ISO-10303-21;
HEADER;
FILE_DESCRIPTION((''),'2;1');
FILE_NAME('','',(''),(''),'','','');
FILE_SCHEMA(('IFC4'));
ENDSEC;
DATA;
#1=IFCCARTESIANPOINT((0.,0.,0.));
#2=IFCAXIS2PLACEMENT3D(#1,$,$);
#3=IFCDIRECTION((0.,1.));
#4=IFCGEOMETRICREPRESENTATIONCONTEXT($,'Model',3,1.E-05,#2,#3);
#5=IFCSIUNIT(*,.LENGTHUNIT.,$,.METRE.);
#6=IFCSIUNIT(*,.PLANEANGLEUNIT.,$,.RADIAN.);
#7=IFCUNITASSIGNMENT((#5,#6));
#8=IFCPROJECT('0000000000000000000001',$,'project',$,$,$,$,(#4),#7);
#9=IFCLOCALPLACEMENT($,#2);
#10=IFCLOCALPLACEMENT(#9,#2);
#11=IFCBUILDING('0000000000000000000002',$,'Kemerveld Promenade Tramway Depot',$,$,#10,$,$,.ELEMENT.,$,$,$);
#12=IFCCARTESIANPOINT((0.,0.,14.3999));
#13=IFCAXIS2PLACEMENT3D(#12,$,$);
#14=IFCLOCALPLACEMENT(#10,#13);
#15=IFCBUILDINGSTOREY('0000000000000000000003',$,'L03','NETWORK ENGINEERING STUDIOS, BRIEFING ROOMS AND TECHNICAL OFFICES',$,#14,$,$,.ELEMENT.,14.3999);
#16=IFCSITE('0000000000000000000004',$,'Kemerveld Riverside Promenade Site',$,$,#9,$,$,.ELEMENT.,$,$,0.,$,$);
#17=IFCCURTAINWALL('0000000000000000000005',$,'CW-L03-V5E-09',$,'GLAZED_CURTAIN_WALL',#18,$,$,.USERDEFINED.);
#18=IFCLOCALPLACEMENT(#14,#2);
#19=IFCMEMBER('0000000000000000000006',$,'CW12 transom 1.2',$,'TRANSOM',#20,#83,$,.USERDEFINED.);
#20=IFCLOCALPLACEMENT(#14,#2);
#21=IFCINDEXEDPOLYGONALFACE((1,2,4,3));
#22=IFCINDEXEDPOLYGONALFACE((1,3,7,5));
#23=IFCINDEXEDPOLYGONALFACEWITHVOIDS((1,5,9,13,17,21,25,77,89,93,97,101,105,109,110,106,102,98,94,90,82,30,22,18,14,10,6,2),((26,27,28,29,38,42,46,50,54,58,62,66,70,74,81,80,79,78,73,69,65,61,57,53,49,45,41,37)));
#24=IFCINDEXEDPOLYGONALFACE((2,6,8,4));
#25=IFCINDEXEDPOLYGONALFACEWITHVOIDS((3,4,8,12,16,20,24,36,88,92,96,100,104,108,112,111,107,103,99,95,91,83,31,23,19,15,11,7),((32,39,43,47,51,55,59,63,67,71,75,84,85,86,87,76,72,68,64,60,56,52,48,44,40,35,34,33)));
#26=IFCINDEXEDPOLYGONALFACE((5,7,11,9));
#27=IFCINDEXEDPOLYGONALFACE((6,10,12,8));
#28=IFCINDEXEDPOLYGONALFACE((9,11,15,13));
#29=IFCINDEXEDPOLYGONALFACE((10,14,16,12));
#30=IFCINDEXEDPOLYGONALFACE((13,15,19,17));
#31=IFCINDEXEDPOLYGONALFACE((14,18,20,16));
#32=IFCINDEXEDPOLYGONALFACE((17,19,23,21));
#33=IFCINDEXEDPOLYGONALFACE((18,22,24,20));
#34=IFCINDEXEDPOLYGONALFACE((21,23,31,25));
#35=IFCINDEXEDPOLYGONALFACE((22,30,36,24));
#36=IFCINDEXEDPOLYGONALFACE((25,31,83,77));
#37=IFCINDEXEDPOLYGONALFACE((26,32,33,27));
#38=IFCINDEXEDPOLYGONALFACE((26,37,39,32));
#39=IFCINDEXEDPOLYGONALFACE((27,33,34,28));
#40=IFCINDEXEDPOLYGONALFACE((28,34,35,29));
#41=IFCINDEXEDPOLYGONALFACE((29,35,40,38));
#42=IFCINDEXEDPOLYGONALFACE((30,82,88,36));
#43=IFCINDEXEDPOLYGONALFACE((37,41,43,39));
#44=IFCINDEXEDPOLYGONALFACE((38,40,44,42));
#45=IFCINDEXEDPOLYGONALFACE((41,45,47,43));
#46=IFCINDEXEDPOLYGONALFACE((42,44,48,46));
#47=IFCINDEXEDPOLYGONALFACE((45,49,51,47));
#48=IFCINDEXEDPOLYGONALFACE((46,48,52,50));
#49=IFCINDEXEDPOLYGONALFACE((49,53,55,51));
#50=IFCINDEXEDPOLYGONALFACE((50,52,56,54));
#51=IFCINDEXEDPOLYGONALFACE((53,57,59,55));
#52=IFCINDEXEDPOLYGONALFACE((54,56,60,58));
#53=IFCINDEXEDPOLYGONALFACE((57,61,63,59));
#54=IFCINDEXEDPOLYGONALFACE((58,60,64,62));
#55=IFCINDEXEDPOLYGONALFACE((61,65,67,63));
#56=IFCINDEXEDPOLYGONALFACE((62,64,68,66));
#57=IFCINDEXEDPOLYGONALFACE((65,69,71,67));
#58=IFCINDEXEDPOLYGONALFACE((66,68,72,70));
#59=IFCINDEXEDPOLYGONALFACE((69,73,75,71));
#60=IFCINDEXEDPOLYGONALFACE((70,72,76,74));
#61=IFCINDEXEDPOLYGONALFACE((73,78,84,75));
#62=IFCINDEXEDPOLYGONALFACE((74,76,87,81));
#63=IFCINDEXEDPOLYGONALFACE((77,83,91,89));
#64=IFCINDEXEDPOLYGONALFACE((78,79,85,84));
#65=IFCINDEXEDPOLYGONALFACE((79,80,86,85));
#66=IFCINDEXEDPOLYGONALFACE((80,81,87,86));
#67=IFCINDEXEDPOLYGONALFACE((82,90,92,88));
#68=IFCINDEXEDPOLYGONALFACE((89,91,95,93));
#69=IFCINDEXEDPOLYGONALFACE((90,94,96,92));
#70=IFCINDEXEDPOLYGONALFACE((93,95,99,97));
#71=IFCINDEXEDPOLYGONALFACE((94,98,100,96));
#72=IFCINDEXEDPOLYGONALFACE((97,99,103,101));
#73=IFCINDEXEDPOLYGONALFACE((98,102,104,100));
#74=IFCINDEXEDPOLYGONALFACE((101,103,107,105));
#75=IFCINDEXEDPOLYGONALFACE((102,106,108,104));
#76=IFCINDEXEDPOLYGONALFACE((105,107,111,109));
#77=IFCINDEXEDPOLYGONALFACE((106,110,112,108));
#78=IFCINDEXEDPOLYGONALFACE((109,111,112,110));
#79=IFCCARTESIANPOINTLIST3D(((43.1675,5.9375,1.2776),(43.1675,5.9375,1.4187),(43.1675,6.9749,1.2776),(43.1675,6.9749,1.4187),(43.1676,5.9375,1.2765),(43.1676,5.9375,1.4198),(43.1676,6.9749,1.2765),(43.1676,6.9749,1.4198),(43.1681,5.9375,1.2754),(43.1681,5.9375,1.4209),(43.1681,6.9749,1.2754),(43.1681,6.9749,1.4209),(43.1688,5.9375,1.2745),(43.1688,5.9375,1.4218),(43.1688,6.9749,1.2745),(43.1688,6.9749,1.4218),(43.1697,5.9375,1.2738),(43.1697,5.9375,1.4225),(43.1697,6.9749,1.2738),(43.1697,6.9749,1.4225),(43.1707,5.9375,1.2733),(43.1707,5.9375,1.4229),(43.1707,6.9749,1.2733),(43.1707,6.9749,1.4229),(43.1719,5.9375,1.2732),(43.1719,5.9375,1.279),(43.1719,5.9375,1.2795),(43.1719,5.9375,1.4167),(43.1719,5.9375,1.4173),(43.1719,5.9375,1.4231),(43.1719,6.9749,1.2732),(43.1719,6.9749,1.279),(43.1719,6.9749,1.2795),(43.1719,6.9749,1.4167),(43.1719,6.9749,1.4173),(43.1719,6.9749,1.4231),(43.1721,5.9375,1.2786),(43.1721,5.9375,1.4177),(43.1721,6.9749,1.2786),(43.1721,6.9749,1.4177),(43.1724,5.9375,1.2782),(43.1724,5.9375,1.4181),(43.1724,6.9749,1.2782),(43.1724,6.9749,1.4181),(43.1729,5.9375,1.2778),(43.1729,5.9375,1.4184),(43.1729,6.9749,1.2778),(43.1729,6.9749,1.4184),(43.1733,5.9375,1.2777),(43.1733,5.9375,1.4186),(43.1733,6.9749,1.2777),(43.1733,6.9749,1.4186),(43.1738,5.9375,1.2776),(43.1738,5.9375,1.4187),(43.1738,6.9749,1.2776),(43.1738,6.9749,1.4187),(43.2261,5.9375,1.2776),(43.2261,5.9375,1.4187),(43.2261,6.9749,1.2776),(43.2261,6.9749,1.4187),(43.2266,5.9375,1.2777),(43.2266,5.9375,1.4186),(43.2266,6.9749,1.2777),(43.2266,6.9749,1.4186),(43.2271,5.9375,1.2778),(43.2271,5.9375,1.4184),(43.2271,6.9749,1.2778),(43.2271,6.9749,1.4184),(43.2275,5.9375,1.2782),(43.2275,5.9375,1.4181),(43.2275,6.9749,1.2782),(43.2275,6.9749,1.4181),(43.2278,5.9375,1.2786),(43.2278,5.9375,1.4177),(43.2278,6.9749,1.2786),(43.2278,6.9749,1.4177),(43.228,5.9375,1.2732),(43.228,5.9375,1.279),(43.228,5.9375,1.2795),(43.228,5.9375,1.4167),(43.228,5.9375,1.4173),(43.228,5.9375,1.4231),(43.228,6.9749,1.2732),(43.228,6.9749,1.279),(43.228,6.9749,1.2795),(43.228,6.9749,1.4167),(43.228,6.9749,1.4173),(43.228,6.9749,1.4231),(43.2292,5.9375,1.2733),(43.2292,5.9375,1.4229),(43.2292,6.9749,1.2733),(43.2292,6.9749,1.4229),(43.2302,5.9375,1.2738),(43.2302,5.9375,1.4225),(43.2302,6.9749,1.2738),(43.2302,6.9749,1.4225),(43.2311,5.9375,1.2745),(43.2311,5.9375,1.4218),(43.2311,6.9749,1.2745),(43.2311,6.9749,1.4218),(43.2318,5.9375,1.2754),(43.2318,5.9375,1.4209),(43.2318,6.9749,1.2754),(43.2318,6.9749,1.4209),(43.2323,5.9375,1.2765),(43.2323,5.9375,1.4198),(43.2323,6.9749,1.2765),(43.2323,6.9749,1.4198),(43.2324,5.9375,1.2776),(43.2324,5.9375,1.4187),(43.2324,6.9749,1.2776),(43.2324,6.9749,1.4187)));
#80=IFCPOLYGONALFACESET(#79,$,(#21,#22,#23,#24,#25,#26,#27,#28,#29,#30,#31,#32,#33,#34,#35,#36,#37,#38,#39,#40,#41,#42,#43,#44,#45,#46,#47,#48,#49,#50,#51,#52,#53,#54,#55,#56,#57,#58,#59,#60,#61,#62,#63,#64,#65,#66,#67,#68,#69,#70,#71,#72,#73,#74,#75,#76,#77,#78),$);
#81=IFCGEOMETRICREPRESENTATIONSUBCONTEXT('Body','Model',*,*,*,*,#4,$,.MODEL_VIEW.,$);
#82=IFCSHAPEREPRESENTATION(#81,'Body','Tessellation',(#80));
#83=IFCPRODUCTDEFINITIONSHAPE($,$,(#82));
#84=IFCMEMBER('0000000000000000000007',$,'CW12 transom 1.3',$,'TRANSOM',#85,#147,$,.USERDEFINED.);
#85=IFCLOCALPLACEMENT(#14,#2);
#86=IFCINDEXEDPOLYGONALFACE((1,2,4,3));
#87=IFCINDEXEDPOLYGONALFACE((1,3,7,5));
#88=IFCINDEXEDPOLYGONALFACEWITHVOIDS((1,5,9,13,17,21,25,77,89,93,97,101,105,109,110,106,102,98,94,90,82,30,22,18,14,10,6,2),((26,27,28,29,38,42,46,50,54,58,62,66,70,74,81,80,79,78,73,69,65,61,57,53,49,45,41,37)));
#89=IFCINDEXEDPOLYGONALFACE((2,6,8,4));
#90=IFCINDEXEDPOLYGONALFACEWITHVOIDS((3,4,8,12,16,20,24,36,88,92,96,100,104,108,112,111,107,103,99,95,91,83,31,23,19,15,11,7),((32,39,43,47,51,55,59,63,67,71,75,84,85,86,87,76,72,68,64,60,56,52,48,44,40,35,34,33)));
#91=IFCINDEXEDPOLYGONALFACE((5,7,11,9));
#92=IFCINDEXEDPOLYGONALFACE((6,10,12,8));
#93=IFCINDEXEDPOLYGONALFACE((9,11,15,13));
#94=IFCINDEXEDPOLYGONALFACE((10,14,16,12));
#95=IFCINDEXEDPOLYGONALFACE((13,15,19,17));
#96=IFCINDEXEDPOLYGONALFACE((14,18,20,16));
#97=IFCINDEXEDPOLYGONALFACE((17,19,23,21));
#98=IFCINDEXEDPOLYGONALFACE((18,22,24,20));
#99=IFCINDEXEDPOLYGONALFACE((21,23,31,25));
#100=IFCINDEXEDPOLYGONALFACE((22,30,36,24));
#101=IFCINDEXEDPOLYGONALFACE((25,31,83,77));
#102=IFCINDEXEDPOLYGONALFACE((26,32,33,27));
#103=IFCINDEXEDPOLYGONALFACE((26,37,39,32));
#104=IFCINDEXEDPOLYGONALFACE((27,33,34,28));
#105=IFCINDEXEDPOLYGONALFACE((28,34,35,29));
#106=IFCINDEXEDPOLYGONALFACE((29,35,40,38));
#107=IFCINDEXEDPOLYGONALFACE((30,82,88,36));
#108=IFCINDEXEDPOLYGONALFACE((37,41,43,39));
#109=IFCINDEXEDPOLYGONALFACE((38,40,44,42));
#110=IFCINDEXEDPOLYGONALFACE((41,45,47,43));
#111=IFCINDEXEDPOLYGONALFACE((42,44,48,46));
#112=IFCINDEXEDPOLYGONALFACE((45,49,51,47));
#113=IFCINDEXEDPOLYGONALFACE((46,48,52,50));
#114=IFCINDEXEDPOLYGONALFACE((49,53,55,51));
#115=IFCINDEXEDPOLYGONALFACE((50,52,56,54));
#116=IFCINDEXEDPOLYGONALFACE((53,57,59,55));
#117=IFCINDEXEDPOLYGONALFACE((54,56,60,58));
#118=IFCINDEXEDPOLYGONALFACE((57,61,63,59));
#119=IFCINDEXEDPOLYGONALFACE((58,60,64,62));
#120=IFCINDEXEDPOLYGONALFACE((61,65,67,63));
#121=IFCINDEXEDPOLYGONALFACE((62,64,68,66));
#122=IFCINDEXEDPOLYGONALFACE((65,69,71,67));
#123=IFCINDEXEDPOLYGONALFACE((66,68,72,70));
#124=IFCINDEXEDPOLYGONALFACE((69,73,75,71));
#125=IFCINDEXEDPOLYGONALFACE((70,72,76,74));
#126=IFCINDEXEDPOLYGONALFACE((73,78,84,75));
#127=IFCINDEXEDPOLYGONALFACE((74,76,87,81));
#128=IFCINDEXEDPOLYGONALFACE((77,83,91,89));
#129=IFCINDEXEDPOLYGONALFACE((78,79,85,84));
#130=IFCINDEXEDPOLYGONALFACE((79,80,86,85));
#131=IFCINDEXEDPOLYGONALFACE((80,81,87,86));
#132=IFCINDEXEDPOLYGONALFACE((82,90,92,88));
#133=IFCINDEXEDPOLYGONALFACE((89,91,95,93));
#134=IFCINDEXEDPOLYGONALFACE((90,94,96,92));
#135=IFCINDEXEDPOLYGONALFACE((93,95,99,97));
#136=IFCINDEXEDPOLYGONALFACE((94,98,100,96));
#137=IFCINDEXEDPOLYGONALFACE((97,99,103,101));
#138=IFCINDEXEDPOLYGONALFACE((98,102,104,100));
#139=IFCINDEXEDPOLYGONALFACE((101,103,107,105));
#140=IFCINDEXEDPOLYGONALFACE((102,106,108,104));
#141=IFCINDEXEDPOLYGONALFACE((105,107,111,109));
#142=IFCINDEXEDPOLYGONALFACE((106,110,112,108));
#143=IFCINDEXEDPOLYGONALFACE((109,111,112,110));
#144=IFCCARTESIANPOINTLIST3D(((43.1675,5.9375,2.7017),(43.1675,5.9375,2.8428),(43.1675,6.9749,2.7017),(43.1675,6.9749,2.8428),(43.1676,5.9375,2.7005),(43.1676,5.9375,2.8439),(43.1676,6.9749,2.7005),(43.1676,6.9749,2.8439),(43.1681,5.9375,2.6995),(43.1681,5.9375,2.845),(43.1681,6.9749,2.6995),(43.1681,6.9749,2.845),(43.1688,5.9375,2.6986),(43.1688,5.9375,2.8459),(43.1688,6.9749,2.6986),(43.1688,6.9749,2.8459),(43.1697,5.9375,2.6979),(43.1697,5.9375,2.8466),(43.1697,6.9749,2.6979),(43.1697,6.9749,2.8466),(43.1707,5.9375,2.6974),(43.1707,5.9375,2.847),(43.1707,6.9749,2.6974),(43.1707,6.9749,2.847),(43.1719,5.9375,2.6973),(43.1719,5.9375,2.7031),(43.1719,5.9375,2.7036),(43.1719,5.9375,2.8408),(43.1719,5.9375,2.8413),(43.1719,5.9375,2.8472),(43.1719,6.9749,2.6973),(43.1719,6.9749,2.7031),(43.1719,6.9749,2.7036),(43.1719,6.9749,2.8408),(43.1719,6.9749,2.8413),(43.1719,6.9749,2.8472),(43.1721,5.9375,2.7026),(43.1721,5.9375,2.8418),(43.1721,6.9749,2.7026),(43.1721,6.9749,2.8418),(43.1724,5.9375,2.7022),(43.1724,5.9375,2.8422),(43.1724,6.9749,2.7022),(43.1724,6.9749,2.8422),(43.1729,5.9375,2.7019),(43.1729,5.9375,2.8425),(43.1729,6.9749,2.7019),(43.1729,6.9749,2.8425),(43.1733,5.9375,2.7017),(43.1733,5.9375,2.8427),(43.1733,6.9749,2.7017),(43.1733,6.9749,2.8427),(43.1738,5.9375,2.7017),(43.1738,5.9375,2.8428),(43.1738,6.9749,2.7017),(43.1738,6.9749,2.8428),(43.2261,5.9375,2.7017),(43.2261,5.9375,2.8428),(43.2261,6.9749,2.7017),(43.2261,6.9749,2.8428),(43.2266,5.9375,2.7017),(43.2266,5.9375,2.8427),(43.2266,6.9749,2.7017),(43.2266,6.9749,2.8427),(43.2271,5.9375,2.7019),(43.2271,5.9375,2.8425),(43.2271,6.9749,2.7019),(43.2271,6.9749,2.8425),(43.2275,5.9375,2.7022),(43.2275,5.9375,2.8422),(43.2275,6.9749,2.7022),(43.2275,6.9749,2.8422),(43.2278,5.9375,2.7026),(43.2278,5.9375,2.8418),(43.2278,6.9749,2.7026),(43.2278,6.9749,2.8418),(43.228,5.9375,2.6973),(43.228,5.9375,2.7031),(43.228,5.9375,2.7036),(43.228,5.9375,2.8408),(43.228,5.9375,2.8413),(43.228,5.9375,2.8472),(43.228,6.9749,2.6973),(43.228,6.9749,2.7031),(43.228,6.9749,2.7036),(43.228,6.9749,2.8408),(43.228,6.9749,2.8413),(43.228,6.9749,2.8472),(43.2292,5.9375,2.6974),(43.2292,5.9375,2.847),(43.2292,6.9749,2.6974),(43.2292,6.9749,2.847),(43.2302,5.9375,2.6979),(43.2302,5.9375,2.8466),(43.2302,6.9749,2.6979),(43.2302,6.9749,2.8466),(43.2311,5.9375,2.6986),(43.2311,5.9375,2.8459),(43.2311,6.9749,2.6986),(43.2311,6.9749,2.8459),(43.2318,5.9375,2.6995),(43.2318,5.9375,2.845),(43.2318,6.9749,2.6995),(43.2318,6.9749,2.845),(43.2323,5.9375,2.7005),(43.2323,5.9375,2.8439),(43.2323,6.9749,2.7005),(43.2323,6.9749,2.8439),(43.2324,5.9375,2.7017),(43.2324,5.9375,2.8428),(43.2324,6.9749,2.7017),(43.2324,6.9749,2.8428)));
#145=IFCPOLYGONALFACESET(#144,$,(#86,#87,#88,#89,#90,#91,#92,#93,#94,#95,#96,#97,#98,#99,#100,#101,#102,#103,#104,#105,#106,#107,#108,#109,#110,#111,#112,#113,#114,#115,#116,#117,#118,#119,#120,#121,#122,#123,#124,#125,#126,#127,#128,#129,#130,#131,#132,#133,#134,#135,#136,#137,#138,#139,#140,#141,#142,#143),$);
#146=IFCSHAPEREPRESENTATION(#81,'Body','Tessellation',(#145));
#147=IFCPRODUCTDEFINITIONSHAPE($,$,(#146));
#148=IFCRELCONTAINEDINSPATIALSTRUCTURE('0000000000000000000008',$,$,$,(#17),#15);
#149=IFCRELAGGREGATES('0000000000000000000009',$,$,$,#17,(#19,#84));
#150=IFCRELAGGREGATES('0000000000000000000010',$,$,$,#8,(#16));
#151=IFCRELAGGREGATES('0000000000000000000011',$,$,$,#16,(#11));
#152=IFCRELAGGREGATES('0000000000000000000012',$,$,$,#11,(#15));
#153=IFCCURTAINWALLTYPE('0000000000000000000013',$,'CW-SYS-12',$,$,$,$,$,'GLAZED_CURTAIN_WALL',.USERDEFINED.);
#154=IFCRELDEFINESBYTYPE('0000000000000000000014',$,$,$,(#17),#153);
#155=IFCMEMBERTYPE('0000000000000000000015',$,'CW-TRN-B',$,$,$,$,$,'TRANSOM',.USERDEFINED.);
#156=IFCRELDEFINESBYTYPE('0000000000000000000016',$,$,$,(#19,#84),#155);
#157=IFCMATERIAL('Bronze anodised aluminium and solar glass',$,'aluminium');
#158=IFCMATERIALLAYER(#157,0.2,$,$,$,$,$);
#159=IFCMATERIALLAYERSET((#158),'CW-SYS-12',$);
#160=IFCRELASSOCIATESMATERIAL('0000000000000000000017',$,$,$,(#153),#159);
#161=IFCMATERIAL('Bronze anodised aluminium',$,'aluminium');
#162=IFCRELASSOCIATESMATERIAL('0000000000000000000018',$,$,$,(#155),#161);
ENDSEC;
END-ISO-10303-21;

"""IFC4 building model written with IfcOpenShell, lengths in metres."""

from ifc_helpers import new_model, si_unit, direction, frame, origin, origin_2d, place, context, subcontext, project, spatial, hollow_rectangle, extrude, material, layer, layer_set, material_profile, profile_set, type_object, element, aggregate, save


model = new_model("IFC4")

# Units and contexts
model_context = context("Model", 3, precision=1e-05, world=origin(), true_north=direction((0.0, 1.0)))
body_context = subcontext(model_context, "Body", "Model", "MODEL_VIEW")
ifc_project = project(units=[si_unit("LENGTHUNIT", "METRE"), si_unit("PLANEANGLEUNIT", "RADIAN")], contexts=[model_context])

# Site, building, storey
site_placement = place(None, origin())
site = spatial("IfcSite", under=ifc_project, at=site_placement, Name="Kemerveld Riverside Promenade Site", CompositionType="ELEMENT", RefElevation=0.0)
building_placement = place(site_placement, origin())
building = spatial("IfcBuilding", under=site, at=building_placement, Name="Kemerveld Promenade Tramway Depot", CompositionType="ELEMENT")
storey_placement = place(building_placement, frame((0.0, 0.0, 14.3999)))
storey = spatial("IfcBuildingStorey", under=building, at=storey_placement, Name="L03", Description="NETWORK ENGINEERING STUDIOS, BRIEFING ROOMS AND TECHNICAL OFFICES", CompositionType="ELEMENT", Elevation=14.3999)

# Shared definitions
ifc_material_1 = material(Name="Bronze anodised aluminium and solar glass", Category="aluminium")
ifc_material_2 = material(Name="Bronze anodised aluminium", Category="aluminium")

# Curtain wall
ifc_layer_1 = layer(ifc_material_1, 0.2)
ifc_layer_set_1 = layer_set([ifc_layer_1], Name="CW-SYS-12")
curtain_wall_type_1 = type_object("IfcCurtainWallType", Name="CW-SYS-12", ElementType="GLAZED_CURTAIN_WALL", PredefinedType="USERDEFINED", material=ifc_layer_set_1)
curtain_wall_1_placement = place(storey_placement, origin())
curtain_wall_1 = element("IfcCurtainWall", 1, at=curtain_wall_1_placement, inside=storey, type_object=curtain_wall_type_1, Name="CW-L03-V5E-09", ObjectType="GLAZED_CURTAIN_WALL", PredefinedType="USERDEFINED")

# Members
ifc_material_profile_1 = material_profile(ifc_material_2, hollow_rectangle(XDim=0.0649, YDim=0.1499, WallThickness=0.0044, InnerFilletRadius=0.002, OuterFilletRadius=0.0044, at=origin_2d()), Name="CW-TRN-150x65")
ifc_profile_set_1 = profile_set([ifc_material_profile_1], Name="Bronze anodised aluminium")
member_type_1 = type_object("IfcMemberType", Name="CW-TRN-B", ElementType="TRANSOM", PredefinedType="USERDEFINED", material=ifc_profile_set_1)
member_1_placement = place(storey_placement, frame((43.2, 6.9749, 1.3481), z_axis=(0.0, -1.0, 0.0), x_axis=(1.0, 0.0, 0.0)))
member_1 = element("IfcMember", 2, at=member_1_placement, type_object=member_type_1, Name="CW12 transom 1.2", ObjectType="TRANSOM", PredefinedType="USERDEFINED", context=body_context, shape_type="SweptSolid", body=[
    extrude(hollow_rectangle(XDim=0.0649, YDim=0.1499, WallThickness=0.0044, InnerFilletRadius=0.002, OuterFilletRadius=0.0044, at=origin_2d()), origin(), (0.0, 0.0, 1.0), 1.0374),
])
member_2_placement = place(storey_placement, frame((43.2, 6.9749, 2.7722), z_axis=(0.0, -1.0, 0.0), x_axis=(1.0, 0.0, 0.0)))
member_2 = element("IfcMember", 3, at=member_2_placement, type_object=member_type_1, Name="CW12 transom 1.3", ObjectType="TRANSOM", PredefinedType="USERDEFINED", context=body_context, shape_type="SweptSolid", body=[
    extrude(hollow_rectangle(XDim=0.0649, YDim=0.1499, WallThickness=0.0044, InnerFilletRadius=0.002, OuterFilletRadius=0.0044, at=origin_2d()), origin(), (0.0, 0.0, 1.0), 1.0374),
])
aggregate(curtain_wall_1, [member_1, member_2])

save(model, "model.ifc")
